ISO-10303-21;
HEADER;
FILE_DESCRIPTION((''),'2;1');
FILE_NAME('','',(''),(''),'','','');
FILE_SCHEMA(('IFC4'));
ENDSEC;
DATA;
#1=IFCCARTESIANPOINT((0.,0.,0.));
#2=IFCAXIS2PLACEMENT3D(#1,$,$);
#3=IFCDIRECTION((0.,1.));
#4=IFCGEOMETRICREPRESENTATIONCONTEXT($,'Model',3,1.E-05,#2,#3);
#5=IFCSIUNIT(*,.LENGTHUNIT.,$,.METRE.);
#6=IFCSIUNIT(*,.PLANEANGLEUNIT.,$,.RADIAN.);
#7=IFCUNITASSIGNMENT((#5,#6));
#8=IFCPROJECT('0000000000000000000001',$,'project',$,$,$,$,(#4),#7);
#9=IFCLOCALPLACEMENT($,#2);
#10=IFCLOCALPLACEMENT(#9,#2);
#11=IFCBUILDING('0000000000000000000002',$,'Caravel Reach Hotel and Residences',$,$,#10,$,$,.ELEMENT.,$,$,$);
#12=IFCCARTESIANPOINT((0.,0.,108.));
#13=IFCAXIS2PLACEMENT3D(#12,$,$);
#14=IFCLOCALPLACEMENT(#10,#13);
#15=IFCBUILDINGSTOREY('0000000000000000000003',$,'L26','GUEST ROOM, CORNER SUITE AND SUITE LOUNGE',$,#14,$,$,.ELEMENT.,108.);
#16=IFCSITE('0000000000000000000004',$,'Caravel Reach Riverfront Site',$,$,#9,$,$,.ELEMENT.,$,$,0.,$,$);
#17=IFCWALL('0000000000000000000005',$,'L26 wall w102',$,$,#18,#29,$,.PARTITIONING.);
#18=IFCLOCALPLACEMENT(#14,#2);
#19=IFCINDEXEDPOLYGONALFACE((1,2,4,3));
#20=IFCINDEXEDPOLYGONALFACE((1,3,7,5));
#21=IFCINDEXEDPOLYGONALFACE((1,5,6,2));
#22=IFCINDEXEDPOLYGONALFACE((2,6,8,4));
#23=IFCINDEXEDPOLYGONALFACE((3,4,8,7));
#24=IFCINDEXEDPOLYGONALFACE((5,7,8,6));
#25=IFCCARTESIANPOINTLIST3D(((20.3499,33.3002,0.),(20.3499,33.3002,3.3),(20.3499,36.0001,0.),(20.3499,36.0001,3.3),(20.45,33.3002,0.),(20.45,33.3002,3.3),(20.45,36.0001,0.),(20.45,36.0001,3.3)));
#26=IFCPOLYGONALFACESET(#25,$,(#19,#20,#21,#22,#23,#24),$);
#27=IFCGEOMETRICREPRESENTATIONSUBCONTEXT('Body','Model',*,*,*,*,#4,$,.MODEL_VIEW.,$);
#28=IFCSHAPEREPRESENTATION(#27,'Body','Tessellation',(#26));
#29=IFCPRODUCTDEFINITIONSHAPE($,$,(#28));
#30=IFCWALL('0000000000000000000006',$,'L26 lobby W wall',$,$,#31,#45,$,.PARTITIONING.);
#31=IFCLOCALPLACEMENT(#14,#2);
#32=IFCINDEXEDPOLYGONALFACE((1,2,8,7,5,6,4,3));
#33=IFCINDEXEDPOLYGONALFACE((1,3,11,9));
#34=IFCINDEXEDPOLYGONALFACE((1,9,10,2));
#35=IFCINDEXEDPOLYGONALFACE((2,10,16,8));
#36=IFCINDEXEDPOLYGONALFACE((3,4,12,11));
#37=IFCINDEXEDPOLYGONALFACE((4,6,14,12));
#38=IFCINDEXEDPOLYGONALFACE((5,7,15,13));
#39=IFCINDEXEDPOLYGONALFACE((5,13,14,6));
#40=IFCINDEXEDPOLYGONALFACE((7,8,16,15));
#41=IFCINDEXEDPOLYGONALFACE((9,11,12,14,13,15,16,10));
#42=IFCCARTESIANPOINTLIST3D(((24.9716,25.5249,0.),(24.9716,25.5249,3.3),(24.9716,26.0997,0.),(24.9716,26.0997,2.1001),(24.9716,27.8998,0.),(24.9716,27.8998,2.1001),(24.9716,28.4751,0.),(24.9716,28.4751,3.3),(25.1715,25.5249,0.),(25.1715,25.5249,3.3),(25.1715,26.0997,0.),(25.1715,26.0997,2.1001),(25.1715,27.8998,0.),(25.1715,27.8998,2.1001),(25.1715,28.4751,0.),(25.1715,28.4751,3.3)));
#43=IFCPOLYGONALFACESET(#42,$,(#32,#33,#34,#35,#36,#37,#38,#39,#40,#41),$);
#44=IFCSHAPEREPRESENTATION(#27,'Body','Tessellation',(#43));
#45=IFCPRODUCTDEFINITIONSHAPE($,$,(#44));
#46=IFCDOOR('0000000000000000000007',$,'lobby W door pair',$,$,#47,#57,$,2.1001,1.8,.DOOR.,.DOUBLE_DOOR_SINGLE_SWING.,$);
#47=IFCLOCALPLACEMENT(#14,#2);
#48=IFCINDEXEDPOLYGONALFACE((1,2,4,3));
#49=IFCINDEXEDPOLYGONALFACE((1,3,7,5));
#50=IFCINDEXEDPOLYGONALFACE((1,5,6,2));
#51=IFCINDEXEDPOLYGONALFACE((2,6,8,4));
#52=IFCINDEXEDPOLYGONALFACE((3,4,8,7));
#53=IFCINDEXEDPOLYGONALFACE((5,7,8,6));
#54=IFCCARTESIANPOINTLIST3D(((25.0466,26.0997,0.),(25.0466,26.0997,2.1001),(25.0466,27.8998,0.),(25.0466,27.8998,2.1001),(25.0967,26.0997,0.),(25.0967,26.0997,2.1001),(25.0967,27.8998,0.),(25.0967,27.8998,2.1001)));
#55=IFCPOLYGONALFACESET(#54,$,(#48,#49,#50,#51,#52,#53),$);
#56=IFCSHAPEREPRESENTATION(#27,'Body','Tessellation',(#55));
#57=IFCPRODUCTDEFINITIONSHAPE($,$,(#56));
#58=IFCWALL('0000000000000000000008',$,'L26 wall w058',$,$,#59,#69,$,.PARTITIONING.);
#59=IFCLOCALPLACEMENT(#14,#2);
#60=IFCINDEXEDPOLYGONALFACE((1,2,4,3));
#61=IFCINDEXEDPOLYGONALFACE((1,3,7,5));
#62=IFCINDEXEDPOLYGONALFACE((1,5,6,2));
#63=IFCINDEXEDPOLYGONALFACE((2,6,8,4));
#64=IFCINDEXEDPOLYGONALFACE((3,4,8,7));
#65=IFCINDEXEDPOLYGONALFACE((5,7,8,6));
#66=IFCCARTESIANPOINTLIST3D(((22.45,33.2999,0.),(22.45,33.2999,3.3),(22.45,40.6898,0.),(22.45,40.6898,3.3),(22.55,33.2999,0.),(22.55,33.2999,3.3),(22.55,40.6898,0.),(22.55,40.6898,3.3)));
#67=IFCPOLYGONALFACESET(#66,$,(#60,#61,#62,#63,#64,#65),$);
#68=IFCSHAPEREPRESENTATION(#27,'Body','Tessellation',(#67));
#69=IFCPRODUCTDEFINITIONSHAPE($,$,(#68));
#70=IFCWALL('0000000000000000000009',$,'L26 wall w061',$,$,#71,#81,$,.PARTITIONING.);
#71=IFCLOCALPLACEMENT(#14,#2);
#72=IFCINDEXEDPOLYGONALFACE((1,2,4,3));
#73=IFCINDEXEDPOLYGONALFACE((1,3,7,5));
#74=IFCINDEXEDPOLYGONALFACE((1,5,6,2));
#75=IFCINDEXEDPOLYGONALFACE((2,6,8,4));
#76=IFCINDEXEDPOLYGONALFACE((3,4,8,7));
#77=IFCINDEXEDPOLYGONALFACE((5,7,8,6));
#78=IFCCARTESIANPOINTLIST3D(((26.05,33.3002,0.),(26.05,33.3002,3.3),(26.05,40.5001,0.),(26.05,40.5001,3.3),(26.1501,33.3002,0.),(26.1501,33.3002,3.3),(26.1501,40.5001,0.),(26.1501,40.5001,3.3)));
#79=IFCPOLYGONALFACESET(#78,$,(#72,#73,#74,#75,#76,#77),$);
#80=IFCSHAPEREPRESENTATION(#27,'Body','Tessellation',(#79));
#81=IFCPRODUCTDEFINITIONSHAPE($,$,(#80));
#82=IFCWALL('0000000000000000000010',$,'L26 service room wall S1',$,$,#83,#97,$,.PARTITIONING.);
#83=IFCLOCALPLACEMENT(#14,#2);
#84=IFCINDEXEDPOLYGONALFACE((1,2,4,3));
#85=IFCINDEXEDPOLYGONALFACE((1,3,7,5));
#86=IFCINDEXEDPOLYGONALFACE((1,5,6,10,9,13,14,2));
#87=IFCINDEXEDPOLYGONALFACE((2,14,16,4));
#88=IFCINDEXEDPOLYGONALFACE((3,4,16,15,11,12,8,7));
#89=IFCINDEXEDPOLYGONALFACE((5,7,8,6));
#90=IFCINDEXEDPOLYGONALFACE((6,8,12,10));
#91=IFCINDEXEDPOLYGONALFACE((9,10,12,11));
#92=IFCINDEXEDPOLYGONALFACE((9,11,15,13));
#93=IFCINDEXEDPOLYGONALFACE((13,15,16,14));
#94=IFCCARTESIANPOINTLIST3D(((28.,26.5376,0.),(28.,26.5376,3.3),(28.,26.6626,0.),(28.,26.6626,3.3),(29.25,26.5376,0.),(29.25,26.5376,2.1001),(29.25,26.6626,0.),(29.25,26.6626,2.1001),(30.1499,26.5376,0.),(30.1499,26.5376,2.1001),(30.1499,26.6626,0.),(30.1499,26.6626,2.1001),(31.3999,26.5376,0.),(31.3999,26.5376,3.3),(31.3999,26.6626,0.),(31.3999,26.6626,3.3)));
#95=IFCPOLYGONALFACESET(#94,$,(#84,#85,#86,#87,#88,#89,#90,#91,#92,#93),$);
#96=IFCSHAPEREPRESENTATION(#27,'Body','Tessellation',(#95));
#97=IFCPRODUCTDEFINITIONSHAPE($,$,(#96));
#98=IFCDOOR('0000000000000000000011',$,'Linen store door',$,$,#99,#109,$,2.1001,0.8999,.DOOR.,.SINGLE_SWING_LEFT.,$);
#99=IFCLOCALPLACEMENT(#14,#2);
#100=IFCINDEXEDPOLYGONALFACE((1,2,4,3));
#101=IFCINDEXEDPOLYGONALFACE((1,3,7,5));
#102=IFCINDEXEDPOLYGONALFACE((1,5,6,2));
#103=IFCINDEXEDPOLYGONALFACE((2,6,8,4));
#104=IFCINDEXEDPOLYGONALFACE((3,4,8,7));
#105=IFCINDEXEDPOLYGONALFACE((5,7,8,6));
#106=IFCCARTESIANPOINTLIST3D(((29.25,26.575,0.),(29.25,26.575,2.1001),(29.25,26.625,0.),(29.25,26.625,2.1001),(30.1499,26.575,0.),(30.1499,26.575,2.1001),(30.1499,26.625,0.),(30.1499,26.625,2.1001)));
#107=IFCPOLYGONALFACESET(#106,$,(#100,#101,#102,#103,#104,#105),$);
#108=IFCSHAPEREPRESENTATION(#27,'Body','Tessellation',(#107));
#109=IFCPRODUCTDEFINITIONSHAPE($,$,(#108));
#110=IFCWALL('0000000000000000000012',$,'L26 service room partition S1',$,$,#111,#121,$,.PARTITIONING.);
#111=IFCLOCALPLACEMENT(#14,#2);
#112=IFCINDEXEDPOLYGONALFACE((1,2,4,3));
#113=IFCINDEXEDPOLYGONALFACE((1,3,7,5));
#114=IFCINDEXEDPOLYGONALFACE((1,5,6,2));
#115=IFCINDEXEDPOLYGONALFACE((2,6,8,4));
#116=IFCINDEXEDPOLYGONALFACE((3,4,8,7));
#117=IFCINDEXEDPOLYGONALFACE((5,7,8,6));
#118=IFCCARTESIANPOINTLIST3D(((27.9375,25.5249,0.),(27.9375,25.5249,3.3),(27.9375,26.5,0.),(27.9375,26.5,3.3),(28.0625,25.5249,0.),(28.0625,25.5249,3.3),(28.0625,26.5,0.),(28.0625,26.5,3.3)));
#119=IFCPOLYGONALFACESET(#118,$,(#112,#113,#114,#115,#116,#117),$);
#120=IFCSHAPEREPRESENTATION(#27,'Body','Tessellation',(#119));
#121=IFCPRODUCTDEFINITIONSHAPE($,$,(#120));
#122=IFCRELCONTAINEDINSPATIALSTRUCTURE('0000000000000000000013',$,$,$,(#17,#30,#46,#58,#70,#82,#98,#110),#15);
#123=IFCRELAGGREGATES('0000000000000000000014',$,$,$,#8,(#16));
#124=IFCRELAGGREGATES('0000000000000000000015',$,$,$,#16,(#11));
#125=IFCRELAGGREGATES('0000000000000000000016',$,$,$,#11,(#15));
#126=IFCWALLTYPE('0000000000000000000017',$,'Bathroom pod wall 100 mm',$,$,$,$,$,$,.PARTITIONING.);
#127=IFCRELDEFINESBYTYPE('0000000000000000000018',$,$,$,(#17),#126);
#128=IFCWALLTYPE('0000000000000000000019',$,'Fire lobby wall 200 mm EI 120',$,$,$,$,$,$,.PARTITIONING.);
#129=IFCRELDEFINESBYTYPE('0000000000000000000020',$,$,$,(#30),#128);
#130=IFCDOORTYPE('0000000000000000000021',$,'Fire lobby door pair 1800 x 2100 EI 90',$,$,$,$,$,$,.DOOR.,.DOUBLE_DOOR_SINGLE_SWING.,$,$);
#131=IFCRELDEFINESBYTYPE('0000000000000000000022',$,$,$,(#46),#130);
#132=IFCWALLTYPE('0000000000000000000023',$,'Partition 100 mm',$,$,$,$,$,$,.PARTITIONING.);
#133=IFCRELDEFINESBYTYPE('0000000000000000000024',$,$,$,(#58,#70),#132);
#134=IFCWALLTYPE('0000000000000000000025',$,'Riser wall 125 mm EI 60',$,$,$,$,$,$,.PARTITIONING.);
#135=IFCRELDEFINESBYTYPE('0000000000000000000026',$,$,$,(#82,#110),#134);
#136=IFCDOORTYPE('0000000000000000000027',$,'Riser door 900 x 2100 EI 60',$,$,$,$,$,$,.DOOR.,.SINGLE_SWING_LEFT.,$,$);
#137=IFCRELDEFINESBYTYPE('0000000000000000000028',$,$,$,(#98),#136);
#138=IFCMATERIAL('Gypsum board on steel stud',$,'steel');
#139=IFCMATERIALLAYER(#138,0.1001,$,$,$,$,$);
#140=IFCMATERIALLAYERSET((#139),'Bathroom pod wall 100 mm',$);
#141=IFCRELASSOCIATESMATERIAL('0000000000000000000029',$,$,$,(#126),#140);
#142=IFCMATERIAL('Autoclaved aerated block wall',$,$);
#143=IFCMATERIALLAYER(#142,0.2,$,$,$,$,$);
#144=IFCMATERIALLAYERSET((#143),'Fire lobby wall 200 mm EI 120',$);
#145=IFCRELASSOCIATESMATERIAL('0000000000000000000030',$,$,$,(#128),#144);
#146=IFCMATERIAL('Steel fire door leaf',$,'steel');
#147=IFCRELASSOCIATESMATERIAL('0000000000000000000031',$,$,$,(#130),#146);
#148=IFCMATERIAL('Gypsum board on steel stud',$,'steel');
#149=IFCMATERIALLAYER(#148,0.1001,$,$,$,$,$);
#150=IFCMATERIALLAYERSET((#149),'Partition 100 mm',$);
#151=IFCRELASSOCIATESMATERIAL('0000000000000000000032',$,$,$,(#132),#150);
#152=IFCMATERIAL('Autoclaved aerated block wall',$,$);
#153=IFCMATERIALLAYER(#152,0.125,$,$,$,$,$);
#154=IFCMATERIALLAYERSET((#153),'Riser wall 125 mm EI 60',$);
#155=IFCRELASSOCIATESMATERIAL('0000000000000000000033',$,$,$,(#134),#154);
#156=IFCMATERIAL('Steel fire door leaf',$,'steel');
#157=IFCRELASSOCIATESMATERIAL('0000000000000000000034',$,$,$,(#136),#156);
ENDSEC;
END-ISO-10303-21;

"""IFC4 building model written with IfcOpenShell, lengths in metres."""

from ifc_helpers import new_model, si_unit, direction, frame, frame_2d, origin, place, context, subcontext, project, spatial, rectangle, extrude, material, layer, layer_set, type_object, element, fill, save


model = new_model("IFC4")

# Units and contexts
model_context = context("Model", 3, precision=1e-05, world=origin(), true_north=direction((0.0, 1.0)))
body_context = subcontext(model_context, "Body", "Model", "MODEL_VIEW")
ifc_project = project(units=[si_unit("LENGTHUNIT", "METRE"), si_unit("PLANEANGLEUNIT", "RADIAN")], contexts=[model_context])

# Site, building, storey
site_placement = place(None, origin())
site = spatial("IfcSite", under=ifc_project, at=site_placement, Name="Caravel Reach Riverfront Site", CompositionType="ELEMENT", RefElevation=0.0)
building_placement = place(site_placement, origin())
building = spatial("IfcBuilding", under=site, at=building_placement, Name="Caravel Reach Hotel and Residences", CompositionType="ELEMENT")
storey_placement = place(building_placement, frame((0.0, 0.0, 108.0)))
storey = spatial("IfcBuildingStorey", under=building, at=storey_placement, Name="L26", Description="GUEST ROOM, CORNER SUITE AND SUITE LOUNGE", CompositionType="ELEMENT", Elevation=108.0)

# Wall
ifc_material_1 = material(Name="Gypsum board on steel stud", Category="steel")
ifc_layer_1 = layer(ifc_material_1, 0.1001)
ifc_layer_set_1 = layer_set([ifc_layer_1], Name="Bathroom pod wall 100 mm")
wall_type_1 = type_object("IfcWallType", Name="Bathroom pod wall 100 mm", PredefinedType="PARTITIONING", material=ifc_layer_set_1)
wall_1_placement = place(storey_placement, frame((20.3999, 33.3, 0.0), z_axis=(0.0, 0.0, 1.0), x_axis=(0.0, 1.0, 0.0)))
element("IfcWall", 1, at=wall_1_placement, inside=storey, type_object=wall_type_1, Name="L26 wall w102", PredefinedType="PARTITIONING", context=body_context, shape_type="SweptSolid", body=[
    extrude(rectangle(XDim=2.7, YDim=0.1001, at=frame_2d((1.3501, 0.0))), origin(), (0.0, 0.0, 1.0), 3.3),
])

# Wall, opening, door
ifc_material_2 = material(Name="Autoclaved aerated block wall")
ifc_layer_2 = layer(ifc_material_2, 0.2)
ifc_layer_set_2 = layer_set([ifc_layer_2], Name="Fire lobby wall 200 mm EI 120")
wall_type_2 = type_object("IfcWallType", Name="Fire lobby wall 200 mm EI 120", PredefinedType="PARTITIONING", material=ifc_layer_set_2)
wall_2_placement = place(storey_placement, frame((25.0715, 25.5249, 0.0), z_axis=(0.0, 0.0, 1.0), x_axis=(0.0, 1.0, 0.0)))
wall_2 = element("IfcWall", 2, at=wall_2_placement, inside=storey, type_object=wall_type_2, Name="L26 lobby W wall", PredefinedType="PARTITIONING", context=body_context, shape_type="SweptSolid", body=[
    extrude(rectangle(XDim=2.9502, YDim=0.2, at=frame_2d((1.4751, 0.0))), origin(), (0.0, 0.0, 1.0), 3.3),
])
opening_1_placement = place(wall_2_placement, frame((0.575, 0.0, 0.0)))
opening_1 = element("IfcOpeningElement", 3, at=opening_1_placement, cuts=wall_2, PredefinedType="OPENING", context=body_context, shape_type="SweptSolid", body=[
    extrude(rectangle(XDim=1.8, YDim=2.1001, at=frame_2d((0.8999, 1.05))), frame((0.0, 0.1099, 0.0), z_axis=(0.0, -1.0, 0.0), x_axis=(1.0, 0.0, 0.0)), (0.0, 0.0, 1.0), 0.22),
])
ifc_material_3 = material(Name="Steel fire door leaf", Category="steel")
door_type_1 = type_object("IfcDoorType", Name="Fire lobby door pair 1800 x 2100 EI 90", OperationType="DOUBLE_DOOR_SINGLE_SWING", PredefinedType="DOOR", material=ifc_material_3)
door_1_placement = place(opening_1_placement, origin())
door_1 = element("IfcDoor", 4, at=door_1_placement, inside=storey, type_object=door_type_1, Name="lobby W door pair", OperationType="DOUBLE_DOOR_SINGLE_SWING", OverallHeight=2.1001, OverallWidth=1.8, PredefinedType="DOOR", context=body_context, shape_type="SweptSolid", body=[
    extrude(rectangle(XDim=1.8, YDim=2.1001, at=frame_2d((0.8999, 1.05))), frame((0.0, 0.0249, 0.0), z_axis=(0.0, -1.0, 0.0), x_axis=(1.0, 0.0, 0.0)), (0.0, 0.0, 1.0), 0.05),
])
fill(opening_1, door_1)

# Walls
ifc_material_4 = material(Name="Gypsum board on steel stud", Category="steel")
ifc_layer_3 = layer(ifc_material_4, 0.1001)
ifc_layer_set_3 = layer_set([ifc_layer_3], Name="Partition 100 mm")
wall_type_3 = type_object("IfcWallType", Name="Partition 100 mm", PredefinedType="PARTITIONING", material=ifc_layer_set_3)
wall_3_placement = place(storey_placement, frame((22.5, 33.3, 0.0), z_axis=(0.0, 0.0, 1.0), x_axis=(0.0, 1.0, 0.0)))
element("IfcWall", 5, at=wall_3_placement, inside=storey, type_object=wall_type_3, Name="L26 wall w058", PredefinedType="PARTITIONING", context=body_context, shape_type="SweptSolid", body=[
    extrude(rectangle(XDim=7.3899, YDim=0.1001, at=frame_2d((3.6948, 0.0))), origin(), (0.0, 0.0, 1.0), 3.3),
])
wall_4_placement = place(storey_placement, frame((26.1001, 33.3, 0.0), z_axis=(0.0, 0.0, 1.0), x_axis=(0.0, 1.0, 0.0)))
element("IfcWall", 6, at=wall_4_placement, inside=storey, type_object=wall_type_3, Name="L26 wall w061", PredefinedType="PARTITIONING", context=body_context, shape_type="SweptSolid", body=[
    extrude(rectangle(XDim=7.2, YDim=0.1001, at=frame_2d((3.6001, 0.0))), origin(), (0.0, 0.0, 1.0), 3.3),
])

# Wall, opening, door
ifc_material_5 = material(Name="Autoclaved aerated block wall")
ifc_layer_4 = layer(ifc_material_5, 0.125)
ifc_layer_set_4 = layer_set([ifc_layer_4], Name="Riser wall 125 mm EI 60")
wall_type_4 = type_object("IfcWallType", Name="Riser wall 125 mm EI 60", PredefinedType="PARTITIONING", material=ifc_layer_set_4)
wall_5_placement = place(storey_placement, frame((28.0, 26.6001, 0.0), z_axis=(0.0, 0.0, 1.0), x_axis=(1.0, 0.0, 0.0)))
wall_5 = element("IfcWall", 7, at=wall_5_placement, inside=storey, type_object=wall_type_4, Name="L26 service room wall S1", PredefinedType="PARTITIONING", context=body_context, shape_type="SweptSolid", body=[
    extrude(rectangle(XDim=3.3999, YDim=0.125, at=frame_2d((1.7, 0.0))), origin(), (0.0, 0.0, 1.0), 3.3),
])
opening_2_placement = place(wall_5_placement, frame((1.25, 0.0, 0.0)))
opening_2 = element("IfcOpeningElement", 8, at=opening_2_placement, cuts=wall_5, PredefinedType="OPENING", context=body_context, shape_type="SweptSolid", body=[
    extrude(rectangle(XDim=0.8999, YDim=2.1001, at=frame_2d((0.45, 1.05))), frame((0.0, 0.0725, 0.0), z_axis=(0.0, -1.0, 0.0), x_axis=(1.0, 0.0, 0.0)), (0.0, 0.0, 1.0), 0.145),
])
ifc_material_6 = material(Name="Steel fire door leaf", Category="steel")
door_type_2 = type_object("IfcDoorType", Name="Riser door 900 x 2100 EI 60", OperationType="SINGLE_SWING_LEFT", PredefinedType="DOOR", material=ifc_material_6)
door_2_placement = place(opening_2_placement, origin())
door_2 = element("IfcDoor", 9, at=door_2_placement, inside=storey, type_object=door_type_2, Name="Linen store door", OperationType="SINGLE_SWING_LEFT", OverallHeight=2.1001, OverallWidth=0.8999, PredefinedType="DOOR", context=body_context, shape_type="SweptSolid", body=[
    extrude(rectangle(XDim=0.8999, YDim=2.1001, at=frame_2d((0.45, 1.05))), frame((0.0, 0.0249, 0.0), z_axis=(0.0, -1.0, 0.0), x_axis=(1.0, 0.0, 0.0)), (0.0, 0.0, 1.0), 0.05),
])
fill(opening_2, door_2)

# Wall
wall_6_placement = place(storey_placement, frame((28.0, 25.5249, 0.0), z_axis=(0.0, 0.0, 1.0), x_axis=(0.0, 1.0, 0.0)))
element("IfcWall", 10, at=wall_6_placement, inside=storey, type_object=wall_type_4, Name="L26 service room partition S1", PredefinedType="PARTITIONING", context=body_context, shape_type="SweptSolid", body=[
    extrude(rectangle(XDim=0.9751, YDim=0.125, at=frame_2d((0.4875, 0.0))), origin(), (0.0, 0.0, 1.0), 3.3),
])

save(model, "model.ifc")
